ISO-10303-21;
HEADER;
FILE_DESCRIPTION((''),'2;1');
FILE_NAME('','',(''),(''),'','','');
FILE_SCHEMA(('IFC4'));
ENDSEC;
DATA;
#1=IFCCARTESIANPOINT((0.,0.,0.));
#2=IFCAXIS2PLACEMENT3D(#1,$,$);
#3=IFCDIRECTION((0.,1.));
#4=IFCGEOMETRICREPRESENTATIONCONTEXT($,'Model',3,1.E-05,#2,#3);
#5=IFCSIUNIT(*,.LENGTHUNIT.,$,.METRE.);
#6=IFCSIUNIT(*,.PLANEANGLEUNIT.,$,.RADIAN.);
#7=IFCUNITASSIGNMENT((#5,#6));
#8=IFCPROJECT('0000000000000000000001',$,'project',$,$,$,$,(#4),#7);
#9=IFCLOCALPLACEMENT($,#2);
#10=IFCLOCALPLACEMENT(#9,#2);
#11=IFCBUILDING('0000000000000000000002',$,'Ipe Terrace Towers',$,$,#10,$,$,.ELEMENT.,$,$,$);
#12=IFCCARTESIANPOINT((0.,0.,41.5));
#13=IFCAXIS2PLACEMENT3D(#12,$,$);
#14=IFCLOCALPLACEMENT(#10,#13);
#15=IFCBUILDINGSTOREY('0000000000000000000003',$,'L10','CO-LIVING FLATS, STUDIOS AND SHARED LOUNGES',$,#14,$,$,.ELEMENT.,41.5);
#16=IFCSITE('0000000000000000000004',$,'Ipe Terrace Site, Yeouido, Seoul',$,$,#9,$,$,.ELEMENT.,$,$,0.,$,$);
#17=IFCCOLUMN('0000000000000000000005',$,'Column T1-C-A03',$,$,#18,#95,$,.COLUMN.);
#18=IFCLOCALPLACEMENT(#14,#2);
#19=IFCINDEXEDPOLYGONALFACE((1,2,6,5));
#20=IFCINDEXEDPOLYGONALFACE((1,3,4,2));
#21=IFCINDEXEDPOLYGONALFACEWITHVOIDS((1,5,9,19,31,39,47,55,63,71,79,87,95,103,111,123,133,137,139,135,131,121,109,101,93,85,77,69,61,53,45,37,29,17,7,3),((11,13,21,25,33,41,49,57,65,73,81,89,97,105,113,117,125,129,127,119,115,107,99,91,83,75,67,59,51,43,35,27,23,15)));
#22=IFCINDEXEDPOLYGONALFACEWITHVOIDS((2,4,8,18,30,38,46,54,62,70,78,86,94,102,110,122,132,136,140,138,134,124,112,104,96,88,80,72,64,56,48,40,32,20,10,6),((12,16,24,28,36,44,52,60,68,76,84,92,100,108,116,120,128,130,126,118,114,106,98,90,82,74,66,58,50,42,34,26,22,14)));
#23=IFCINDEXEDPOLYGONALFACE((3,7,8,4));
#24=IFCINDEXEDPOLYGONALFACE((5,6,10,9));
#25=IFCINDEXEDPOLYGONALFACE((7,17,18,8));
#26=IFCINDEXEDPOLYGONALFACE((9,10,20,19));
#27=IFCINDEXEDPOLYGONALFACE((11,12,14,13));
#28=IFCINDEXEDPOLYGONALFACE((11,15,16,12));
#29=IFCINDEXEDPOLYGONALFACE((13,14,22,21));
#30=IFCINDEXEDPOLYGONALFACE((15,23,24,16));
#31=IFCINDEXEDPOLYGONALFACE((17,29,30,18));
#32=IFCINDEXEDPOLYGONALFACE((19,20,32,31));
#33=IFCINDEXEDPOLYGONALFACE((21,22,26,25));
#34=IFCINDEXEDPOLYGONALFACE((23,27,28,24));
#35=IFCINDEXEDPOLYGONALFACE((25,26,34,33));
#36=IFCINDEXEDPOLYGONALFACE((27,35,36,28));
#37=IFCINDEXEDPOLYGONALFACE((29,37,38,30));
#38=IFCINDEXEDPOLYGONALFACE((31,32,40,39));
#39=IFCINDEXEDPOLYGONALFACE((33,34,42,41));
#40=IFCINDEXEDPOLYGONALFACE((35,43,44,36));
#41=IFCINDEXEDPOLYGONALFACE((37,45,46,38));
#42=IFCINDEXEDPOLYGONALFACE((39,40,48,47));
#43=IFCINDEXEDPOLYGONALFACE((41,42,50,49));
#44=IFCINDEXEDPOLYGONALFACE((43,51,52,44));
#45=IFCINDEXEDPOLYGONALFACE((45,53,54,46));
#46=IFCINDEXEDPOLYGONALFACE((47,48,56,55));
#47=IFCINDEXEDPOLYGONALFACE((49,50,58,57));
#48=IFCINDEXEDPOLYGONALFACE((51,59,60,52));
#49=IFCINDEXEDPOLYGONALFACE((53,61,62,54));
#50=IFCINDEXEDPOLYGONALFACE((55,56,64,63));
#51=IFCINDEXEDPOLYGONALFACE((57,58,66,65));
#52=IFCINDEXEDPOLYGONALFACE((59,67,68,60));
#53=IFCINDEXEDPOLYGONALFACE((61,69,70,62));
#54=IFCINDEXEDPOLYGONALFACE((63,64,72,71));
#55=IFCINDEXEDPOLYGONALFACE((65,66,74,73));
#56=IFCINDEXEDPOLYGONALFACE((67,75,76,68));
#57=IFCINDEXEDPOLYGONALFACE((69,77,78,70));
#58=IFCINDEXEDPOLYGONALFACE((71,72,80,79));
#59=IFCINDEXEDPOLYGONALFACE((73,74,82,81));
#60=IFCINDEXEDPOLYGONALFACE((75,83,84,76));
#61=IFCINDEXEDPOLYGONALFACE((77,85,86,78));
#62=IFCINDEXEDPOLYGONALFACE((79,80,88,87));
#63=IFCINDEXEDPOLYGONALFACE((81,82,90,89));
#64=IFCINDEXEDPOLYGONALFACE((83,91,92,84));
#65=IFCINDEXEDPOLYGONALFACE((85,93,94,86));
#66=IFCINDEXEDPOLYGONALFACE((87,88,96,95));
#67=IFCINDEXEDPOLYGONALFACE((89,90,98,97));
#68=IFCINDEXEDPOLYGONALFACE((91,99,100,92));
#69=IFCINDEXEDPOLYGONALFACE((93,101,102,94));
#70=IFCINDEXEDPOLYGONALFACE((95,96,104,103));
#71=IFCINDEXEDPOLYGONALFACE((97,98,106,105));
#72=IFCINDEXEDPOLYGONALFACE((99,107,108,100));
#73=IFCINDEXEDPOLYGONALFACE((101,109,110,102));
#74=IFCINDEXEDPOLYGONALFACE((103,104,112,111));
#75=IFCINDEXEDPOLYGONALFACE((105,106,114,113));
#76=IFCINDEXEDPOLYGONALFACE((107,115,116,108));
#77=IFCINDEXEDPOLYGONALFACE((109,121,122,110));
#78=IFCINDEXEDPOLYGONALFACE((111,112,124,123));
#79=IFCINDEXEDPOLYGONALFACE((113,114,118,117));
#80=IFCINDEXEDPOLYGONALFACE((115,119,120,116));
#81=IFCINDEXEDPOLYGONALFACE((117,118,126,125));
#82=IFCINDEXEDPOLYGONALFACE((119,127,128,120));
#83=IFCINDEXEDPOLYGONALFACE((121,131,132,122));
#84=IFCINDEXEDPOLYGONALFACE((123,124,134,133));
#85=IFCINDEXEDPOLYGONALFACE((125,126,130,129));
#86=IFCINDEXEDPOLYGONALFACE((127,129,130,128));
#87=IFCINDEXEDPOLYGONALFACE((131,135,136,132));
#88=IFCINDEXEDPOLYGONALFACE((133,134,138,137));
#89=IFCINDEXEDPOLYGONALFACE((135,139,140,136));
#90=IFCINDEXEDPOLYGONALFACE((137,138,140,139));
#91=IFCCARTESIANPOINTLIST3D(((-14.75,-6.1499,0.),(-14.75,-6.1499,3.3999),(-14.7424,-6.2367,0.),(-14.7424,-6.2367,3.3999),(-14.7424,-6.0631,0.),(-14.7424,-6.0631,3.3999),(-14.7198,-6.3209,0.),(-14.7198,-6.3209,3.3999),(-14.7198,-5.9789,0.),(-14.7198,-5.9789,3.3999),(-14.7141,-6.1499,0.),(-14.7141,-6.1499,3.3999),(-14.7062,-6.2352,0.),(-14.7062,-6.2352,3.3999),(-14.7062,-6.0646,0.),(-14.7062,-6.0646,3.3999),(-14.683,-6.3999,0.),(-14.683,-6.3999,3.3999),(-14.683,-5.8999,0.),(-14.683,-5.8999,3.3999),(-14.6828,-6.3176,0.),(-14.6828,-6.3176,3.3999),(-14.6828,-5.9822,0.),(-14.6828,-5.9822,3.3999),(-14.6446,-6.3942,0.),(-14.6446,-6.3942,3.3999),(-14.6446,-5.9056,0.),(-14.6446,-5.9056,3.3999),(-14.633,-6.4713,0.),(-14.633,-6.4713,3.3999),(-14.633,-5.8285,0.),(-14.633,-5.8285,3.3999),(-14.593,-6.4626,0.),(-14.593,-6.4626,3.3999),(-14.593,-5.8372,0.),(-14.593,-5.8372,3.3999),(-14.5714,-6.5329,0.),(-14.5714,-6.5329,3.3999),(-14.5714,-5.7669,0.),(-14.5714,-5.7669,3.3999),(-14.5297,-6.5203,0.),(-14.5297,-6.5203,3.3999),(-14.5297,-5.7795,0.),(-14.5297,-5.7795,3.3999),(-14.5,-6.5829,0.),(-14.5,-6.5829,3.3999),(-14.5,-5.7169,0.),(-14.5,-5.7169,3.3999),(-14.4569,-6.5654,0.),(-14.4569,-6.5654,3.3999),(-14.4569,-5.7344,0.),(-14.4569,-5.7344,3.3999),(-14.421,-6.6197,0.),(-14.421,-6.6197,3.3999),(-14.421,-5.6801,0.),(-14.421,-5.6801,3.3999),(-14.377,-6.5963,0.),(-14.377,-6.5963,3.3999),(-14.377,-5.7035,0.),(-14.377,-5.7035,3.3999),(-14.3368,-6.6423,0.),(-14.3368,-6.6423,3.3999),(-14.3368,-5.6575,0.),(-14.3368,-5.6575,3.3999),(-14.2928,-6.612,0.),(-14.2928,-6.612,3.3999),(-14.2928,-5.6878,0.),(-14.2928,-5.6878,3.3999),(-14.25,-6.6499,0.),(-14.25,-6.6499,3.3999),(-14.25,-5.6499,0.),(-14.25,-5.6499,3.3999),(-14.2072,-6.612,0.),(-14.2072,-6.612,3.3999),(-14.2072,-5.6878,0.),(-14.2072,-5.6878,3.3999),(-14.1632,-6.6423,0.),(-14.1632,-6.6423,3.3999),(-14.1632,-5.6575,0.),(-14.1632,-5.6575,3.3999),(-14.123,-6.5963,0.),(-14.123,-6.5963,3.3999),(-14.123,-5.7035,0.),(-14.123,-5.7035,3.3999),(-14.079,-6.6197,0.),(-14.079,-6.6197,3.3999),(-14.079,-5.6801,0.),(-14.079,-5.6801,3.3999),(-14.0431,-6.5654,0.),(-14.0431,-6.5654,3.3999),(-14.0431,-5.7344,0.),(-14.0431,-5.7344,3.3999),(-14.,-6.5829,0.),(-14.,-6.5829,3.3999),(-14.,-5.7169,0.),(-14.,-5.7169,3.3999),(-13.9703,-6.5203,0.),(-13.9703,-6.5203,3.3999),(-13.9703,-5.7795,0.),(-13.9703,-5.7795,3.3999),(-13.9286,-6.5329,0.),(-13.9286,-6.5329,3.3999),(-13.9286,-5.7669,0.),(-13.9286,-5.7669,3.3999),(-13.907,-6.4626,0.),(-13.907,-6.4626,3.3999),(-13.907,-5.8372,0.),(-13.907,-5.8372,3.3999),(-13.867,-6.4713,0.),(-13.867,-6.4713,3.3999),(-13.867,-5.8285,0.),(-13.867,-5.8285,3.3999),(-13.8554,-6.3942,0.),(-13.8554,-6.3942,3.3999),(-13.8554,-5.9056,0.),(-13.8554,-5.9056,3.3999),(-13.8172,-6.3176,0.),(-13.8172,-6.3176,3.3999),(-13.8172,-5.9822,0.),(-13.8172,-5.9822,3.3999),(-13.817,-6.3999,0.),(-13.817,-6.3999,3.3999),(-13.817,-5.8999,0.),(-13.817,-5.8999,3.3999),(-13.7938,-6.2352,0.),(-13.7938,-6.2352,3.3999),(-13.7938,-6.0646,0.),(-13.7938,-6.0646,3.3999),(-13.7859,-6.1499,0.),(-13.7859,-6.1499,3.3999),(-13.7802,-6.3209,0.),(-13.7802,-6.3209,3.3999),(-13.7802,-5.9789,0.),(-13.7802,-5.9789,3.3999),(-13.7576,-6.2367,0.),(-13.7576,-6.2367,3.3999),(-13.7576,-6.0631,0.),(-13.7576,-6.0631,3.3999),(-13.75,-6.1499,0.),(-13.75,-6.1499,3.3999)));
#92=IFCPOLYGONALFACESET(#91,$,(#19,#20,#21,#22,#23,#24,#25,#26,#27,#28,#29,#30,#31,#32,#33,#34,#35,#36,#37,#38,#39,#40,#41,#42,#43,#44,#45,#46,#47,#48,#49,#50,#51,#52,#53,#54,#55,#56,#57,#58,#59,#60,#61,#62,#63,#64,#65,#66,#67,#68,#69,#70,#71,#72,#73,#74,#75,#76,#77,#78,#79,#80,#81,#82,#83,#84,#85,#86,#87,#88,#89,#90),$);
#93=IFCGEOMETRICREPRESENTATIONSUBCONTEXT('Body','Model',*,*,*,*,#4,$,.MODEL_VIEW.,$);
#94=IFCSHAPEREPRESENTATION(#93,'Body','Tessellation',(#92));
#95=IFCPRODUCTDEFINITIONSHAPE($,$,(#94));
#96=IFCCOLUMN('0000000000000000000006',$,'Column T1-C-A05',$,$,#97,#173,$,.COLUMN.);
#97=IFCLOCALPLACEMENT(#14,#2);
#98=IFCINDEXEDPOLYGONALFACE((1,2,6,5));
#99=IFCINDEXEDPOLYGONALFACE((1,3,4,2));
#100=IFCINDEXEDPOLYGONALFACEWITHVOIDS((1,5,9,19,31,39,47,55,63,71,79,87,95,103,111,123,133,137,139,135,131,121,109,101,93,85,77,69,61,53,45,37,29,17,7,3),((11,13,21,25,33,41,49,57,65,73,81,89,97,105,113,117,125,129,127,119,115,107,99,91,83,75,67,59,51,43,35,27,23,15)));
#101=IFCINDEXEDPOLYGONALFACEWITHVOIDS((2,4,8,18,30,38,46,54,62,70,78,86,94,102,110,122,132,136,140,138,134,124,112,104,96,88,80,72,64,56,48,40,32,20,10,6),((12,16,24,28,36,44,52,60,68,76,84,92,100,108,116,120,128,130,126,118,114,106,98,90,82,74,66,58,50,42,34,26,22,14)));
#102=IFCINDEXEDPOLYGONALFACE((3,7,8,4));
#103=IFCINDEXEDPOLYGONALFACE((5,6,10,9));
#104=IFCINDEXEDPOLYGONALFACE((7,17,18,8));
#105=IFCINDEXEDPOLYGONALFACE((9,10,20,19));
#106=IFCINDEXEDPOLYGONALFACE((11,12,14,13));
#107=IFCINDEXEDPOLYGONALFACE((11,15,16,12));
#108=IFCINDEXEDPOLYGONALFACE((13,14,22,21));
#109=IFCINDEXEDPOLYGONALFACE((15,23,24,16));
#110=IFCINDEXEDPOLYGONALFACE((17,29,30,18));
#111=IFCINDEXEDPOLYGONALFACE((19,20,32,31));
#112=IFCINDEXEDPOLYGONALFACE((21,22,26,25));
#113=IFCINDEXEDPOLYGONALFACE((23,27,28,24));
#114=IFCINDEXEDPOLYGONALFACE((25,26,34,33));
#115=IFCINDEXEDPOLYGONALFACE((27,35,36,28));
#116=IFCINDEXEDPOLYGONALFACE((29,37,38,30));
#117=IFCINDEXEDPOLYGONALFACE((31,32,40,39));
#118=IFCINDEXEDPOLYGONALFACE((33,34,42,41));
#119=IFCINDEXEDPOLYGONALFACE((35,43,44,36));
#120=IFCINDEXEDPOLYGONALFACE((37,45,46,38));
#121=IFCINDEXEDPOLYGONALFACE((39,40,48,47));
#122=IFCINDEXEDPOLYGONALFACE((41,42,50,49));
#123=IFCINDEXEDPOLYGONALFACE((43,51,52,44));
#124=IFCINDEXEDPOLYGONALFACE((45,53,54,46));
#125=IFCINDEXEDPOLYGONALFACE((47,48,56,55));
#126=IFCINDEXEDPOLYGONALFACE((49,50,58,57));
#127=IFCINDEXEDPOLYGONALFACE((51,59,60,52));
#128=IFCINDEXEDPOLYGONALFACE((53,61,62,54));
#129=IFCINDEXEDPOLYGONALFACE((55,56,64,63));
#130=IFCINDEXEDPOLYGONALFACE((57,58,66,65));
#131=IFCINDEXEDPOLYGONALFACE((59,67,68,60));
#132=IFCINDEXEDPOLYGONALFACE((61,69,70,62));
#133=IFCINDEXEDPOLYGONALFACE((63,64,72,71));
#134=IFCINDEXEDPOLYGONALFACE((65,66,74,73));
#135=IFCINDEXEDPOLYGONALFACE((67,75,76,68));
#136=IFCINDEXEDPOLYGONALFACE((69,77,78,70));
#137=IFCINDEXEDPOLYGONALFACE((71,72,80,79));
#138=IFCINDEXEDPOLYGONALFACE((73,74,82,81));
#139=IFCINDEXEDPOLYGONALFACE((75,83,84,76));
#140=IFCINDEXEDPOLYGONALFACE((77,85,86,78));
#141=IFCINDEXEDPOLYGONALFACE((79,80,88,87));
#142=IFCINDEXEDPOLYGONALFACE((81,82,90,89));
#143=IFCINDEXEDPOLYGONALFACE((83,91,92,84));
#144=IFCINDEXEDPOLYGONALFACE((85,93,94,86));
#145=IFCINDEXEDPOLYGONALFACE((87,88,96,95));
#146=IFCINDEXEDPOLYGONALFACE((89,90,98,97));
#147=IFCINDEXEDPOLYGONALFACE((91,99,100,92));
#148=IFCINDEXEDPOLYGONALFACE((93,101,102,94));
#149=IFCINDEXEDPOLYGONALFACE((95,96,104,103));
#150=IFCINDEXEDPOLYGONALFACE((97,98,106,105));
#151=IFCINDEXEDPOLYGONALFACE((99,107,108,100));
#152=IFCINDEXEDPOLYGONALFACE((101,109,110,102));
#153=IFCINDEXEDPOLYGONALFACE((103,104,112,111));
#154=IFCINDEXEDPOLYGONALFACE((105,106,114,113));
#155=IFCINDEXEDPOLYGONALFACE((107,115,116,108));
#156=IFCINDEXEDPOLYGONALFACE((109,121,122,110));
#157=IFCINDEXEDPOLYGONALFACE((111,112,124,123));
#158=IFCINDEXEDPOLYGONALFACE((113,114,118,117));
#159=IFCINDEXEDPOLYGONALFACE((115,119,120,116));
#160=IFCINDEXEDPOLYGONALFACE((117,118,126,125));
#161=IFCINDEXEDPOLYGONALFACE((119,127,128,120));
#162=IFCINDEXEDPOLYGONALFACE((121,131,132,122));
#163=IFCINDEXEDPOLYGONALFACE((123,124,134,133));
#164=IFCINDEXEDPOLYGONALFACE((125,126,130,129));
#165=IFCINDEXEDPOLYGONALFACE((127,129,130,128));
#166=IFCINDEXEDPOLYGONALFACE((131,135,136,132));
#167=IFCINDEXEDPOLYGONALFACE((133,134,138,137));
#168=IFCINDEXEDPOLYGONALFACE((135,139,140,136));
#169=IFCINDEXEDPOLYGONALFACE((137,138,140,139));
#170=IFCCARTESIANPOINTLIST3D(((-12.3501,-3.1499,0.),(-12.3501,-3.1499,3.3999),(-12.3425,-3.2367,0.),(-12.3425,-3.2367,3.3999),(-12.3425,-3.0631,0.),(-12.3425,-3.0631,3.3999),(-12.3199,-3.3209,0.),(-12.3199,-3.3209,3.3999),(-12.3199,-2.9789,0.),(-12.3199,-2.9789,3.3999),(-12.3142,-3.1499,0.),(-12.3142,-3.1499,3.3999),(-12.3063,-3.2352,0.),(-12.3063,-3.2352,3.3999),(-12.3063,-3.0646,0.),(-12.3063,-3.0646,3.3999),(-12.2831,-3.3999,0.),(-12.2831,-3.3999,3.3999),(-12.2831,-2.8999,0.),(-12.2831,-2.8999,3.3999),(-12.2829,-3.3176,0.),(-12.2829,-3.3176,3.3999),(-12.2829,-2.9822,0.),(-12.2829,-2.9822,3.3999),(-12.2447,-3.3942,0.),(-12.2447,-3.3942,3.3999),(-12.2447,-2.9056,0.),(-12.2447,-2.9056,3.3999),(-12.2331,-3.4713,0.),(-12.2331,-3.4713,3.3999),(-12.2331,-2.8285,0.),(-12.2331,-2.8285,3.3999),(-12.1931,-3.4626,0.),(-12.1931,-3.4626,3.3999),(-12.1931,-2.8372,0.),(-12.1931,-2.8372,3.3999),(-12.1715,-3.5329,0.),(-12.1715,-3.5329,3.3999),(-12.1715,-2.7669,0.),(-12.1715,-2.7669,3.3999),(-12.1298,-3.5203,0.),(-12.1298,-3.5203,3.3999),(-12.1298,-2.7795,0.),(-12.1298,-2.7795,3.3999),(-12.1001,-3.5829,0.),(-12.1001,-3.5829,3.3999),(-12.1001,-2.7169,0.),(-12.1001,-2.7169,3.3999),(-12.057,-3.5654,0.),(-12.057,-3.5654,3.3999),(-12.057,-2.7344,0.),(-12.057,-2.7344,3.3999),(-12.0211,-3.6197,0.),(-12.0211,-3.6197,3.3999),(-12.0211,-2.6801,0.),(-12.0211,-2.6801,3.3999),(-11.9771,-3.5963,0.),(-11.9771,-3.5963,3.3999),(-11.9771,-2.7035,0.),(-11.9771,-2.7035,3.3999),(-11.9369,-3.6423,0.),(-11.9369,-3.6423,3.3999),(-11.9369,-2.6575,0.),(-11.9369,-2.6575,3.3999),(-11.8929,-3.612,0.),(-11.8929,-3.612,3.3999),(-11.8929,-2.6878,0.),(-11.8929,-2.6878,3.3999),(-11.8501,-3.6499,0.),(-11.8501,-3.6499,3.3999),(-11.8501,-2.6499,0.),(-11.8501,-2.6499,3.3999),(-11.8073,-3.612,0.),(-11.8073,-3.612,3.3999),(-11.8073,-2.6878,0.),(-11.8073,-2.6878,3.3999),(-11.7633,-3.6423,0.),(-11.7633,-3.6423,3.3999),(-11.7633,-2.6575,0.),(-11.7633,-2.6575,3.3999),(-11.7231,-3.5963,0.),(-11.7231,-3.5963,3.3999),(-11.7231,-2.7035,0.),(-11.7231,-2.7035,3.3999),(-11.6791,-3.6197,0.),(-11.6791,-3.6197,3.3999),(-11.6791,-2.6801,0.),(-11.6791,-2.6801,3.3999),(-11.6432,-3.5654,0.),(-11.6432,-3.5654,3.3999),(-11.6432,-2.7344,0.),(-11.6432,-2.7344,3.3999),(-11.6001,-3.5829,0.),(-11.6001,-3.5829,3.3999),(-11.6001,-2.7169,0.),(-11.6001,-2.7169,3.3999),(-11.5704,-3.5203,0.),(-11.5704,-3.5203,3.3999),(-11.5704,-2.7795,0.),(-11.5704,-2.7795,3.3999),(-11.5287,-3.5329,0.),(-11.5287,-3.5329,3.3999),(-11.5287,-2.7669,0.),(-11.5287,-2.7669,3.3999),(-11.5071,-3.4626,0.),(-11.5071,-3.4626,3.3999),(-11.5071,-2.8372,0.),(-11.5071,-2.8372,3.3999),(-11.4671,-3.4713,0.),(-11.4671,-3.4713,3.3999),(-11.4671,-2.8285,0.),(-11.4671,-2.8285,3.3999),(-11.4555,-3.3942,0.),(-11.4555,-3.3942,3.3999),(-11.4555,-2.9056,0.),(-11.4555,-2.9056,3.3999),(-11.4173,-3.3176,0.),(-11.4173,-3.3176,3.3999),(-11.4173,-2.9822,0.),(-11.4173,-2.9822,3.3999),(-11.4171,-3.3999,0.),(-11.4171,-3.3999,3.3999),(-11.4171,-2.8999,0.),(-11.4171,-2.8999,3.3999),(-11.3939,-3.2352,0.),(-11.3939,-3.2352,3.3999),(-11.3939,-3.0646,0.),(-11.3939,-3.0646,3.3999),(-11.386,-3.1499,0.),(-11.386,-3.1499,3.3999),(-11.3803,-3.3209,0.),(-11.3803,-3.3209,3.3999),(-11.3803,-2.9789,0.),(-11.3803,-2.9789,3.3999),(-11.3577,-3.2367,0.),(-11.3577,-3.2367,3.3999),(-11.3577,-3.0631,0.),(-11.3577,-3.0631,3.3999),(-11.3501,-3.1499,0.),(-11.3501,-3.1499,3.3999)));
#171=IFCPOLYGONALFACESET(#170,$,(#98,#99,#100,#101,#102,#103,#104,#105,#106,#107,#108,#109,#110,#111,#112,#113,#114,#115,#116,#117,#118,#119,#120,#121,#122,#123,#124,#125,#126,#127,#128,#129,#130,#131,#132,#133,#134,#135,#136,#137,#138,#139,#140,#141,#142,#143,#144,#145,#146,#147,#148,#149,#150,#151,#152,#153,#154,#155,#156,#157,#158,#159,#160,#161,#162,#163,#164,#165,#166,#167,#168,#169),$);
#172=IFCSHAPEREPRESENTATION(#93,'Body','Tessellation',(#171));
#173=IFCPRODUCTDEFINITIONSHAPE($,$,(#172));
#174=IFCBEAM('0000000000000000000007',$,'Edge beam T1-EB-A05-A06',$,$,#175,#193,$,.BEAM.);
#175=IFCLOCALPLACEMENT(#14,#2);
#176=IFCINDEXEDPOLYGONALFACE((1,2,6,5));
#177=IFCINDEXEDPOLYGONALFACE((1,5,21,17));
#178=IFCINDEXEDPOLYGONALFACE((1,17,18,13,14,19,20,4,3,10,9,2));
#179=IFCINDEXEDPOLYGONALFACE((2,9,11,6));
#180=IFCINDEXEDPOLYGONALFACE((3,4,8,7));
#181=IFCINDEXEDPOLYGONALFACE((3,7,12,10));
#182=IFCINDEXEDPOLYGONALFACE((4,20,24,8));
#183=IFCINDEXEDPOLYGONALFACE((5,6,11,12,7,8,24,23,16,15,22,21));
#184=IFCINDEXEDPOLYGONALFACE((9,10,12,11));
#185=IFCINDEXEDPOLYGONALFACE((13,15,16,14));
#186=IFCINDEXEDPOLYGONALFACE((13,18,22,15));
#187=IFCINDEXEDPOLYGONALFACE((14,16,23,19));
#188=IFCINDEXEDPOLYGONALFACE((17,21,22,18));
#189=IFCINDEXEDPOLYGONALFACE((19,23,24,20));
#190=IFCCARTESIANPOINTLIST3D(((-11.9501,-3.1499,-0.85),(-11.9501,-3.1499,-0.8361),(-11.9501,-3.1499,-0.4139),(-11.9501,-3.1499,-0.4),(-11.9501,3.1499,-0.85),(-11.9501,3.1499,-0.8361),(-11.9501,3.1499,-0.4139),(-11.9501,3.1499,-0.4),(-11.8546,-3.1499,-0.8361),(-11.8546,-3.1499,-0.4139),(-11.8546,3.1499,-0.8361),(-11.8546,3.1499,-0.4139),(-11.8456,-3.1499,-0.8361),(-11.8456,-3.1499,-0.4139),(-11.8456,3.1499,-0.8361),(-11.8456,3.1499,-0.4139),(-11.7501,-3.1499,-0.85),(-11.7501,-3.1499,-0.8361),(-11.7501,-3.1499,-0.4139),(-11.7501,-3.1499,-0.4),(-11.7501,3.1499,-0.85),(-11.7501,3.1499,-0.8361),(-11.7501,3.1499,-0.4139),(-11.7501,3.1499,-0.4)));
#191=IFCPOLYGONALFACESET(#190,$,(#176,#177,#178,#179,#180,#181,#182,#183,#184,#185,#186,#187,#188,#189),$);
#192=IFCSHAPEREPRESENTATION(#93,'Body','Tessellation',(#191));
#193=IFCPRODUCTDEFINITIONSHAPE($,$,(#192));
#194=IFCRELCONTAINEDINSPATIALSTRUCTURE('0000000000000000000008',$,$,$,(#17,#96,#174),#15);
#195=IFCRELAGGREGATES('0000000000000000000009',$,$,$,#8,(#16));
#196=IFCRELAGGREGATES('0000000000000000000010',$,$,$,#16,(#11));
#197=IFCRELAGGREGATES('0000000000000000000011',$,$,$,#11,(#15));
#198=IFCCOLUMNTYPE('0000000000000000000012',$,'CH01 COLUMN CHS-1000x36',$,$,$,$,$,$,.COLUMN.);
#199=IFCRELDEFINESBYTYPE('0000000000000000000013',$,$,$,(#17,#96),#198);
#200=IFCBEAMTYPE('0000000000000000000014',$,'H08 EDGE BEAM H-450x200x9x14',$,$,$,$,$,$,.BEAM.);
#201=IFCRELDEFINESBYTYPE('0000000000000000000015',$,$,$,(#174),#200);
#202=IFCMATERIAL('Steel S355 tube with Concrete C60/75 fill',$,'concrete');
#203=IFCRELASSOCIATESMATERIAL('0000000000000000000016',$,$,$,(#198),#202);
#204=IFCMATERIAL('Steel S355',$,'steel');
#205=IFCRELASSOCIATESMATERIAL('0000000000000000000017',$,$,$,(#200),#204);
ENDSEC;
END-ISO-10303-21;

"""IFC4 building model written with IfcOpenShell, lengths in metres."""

from ifc_helpers import new_model, si_unit, direction, frame, origin, origin_2d, place, context, subcontext, project, spatial, hollow_circle, i_section, extrude, material, material_profile, profile_set, type_object, element, save


model = new_model("IFC4")

# Units and contexts
model_context = context("Model", 3, precision=1e-05, world=origin(), true_north=direction((0.0, 1.0)))
body_context = subcontext(model_context, "Body", "Model", "MODEL_VIEW")
ifc_project = project(units=[si_unit("LENGTHUNIT", "METRE"), si_unit("PLANEANGLEUNIT", "RADIAN")], contexts=[model_context])

# Site, building, storey
site_placement = place(None, origin())
site = spatial("IfcSite", under=ifc_project, at=site_placement, Name="Ipe Terrace Site, Yeouido, Seoul", CompositionType="ELEMENT", RefElevation=0.0)
building_placement = place(site_placement, origin())
building = spatial("IfcBuilding", under=site, at=building_placement, Name="Ipe Terrace Towers", CompositionType="ELEMENT")
storey_placement = place(building_placement, frame((0.0, 0.0, 41.5)))
storey = spatial("IfcBuildingStorey", under=building, at=storey_placement, Name="L10", Description="CO-LIVING FLATS, STUDIOS AND SHARED LOUNGES", CompositionType="ELEMENT", Elevation=41.5)

# Columns
ifc_material_1 = material(Name="Steel S355 tube with Concrete C60/75 fill", Category="concrete")
ifc_material_profile_1 = material_profile(ifc_material_1, hollow_circle(Radius=0.5, WallThickness=0.0359, at=origin_2d()), Name="CHS-1000x36")
ifc_profile_set_1 = profile_set([ifc_material_profile_1], Name="Steel S355 tube with Concrete C60/75 fill")
column_type = type_object("IfcColumnType", Name="CH01 COLUMN CHS-1000x36", PredefinedType="COLUMN", material=ifc_profile_set_1)
for number, where, z_axis, x_axis, name in (
    (1, (-14.25, -6.1499, 0.0), (0.0, 0.0, 1.0), (1.0, 0.0, 0.0), "Column T1-C-A03"),
    (2, (-11.8501, -3.1499, 0.0), (0.0, 0.0, 1.0), (1.0, 0.0, 0.0), "Column T1-C-A05"),
):
    element("IfcColumn", number, at=place(storey_placement, frame(where, z_axis=z_axis, x_axis=x_axis)), inside=storey, type_object=column_type, Name=name, PredefinedType="COLUMN", context=body_context, shape_type="SweptSolid", body=[
        extrude(hollow_circle(Radius=0.5, WallThickness=0.0359, at=origin_2d()), origin(), (0.0, 0.0, 1.0), 3.3999),
    ])

# Beam
ifc_material_2 = material(Name="Steel S355", Category="steel")
ifc_material_profile_2 = material_profile(ifc_material_2, i_section(OverallWidth=0.2, OverallDepth=0.45, WebThickness=0.009, FlangeThickness=0.0139, at=origin_2d()), Name="H-450x200x9x14")
ifc_profile_set_2 = profile_set([ifc_material_profile_2], Name="Steel S355")
beam_type = type_object("IfcBeamType", Name="H08 EDGE BEAM H-450x200x9x14", PredefinedType="BEAM", material=ifc_profile_set_2)
beam_placement = place(storey_placement, frame((-11.8501, -3.1499, -0.625), z_axis=(0.0, 1.0, 0.0), x_axis=(-1.0, 0.0, 0.0)))
element("IfcBeam", 3, at=beam_placement, inside=storey, type_object=beam_type, Name="Edge beam T1-EB-A05-A06", PredefinedType="BEAM", context=body_context, shape_type="SweptSolid", body=[
    extrude(i_section(OverallWidth=0.2, OverallDepth=0.45, WebThickness=0.009, FlangeThickness=0.0139, at=origin_2d()), origin(), (0.0, 0.0, 1.0), 6.2998),
])

save(model, "model.ifc")
